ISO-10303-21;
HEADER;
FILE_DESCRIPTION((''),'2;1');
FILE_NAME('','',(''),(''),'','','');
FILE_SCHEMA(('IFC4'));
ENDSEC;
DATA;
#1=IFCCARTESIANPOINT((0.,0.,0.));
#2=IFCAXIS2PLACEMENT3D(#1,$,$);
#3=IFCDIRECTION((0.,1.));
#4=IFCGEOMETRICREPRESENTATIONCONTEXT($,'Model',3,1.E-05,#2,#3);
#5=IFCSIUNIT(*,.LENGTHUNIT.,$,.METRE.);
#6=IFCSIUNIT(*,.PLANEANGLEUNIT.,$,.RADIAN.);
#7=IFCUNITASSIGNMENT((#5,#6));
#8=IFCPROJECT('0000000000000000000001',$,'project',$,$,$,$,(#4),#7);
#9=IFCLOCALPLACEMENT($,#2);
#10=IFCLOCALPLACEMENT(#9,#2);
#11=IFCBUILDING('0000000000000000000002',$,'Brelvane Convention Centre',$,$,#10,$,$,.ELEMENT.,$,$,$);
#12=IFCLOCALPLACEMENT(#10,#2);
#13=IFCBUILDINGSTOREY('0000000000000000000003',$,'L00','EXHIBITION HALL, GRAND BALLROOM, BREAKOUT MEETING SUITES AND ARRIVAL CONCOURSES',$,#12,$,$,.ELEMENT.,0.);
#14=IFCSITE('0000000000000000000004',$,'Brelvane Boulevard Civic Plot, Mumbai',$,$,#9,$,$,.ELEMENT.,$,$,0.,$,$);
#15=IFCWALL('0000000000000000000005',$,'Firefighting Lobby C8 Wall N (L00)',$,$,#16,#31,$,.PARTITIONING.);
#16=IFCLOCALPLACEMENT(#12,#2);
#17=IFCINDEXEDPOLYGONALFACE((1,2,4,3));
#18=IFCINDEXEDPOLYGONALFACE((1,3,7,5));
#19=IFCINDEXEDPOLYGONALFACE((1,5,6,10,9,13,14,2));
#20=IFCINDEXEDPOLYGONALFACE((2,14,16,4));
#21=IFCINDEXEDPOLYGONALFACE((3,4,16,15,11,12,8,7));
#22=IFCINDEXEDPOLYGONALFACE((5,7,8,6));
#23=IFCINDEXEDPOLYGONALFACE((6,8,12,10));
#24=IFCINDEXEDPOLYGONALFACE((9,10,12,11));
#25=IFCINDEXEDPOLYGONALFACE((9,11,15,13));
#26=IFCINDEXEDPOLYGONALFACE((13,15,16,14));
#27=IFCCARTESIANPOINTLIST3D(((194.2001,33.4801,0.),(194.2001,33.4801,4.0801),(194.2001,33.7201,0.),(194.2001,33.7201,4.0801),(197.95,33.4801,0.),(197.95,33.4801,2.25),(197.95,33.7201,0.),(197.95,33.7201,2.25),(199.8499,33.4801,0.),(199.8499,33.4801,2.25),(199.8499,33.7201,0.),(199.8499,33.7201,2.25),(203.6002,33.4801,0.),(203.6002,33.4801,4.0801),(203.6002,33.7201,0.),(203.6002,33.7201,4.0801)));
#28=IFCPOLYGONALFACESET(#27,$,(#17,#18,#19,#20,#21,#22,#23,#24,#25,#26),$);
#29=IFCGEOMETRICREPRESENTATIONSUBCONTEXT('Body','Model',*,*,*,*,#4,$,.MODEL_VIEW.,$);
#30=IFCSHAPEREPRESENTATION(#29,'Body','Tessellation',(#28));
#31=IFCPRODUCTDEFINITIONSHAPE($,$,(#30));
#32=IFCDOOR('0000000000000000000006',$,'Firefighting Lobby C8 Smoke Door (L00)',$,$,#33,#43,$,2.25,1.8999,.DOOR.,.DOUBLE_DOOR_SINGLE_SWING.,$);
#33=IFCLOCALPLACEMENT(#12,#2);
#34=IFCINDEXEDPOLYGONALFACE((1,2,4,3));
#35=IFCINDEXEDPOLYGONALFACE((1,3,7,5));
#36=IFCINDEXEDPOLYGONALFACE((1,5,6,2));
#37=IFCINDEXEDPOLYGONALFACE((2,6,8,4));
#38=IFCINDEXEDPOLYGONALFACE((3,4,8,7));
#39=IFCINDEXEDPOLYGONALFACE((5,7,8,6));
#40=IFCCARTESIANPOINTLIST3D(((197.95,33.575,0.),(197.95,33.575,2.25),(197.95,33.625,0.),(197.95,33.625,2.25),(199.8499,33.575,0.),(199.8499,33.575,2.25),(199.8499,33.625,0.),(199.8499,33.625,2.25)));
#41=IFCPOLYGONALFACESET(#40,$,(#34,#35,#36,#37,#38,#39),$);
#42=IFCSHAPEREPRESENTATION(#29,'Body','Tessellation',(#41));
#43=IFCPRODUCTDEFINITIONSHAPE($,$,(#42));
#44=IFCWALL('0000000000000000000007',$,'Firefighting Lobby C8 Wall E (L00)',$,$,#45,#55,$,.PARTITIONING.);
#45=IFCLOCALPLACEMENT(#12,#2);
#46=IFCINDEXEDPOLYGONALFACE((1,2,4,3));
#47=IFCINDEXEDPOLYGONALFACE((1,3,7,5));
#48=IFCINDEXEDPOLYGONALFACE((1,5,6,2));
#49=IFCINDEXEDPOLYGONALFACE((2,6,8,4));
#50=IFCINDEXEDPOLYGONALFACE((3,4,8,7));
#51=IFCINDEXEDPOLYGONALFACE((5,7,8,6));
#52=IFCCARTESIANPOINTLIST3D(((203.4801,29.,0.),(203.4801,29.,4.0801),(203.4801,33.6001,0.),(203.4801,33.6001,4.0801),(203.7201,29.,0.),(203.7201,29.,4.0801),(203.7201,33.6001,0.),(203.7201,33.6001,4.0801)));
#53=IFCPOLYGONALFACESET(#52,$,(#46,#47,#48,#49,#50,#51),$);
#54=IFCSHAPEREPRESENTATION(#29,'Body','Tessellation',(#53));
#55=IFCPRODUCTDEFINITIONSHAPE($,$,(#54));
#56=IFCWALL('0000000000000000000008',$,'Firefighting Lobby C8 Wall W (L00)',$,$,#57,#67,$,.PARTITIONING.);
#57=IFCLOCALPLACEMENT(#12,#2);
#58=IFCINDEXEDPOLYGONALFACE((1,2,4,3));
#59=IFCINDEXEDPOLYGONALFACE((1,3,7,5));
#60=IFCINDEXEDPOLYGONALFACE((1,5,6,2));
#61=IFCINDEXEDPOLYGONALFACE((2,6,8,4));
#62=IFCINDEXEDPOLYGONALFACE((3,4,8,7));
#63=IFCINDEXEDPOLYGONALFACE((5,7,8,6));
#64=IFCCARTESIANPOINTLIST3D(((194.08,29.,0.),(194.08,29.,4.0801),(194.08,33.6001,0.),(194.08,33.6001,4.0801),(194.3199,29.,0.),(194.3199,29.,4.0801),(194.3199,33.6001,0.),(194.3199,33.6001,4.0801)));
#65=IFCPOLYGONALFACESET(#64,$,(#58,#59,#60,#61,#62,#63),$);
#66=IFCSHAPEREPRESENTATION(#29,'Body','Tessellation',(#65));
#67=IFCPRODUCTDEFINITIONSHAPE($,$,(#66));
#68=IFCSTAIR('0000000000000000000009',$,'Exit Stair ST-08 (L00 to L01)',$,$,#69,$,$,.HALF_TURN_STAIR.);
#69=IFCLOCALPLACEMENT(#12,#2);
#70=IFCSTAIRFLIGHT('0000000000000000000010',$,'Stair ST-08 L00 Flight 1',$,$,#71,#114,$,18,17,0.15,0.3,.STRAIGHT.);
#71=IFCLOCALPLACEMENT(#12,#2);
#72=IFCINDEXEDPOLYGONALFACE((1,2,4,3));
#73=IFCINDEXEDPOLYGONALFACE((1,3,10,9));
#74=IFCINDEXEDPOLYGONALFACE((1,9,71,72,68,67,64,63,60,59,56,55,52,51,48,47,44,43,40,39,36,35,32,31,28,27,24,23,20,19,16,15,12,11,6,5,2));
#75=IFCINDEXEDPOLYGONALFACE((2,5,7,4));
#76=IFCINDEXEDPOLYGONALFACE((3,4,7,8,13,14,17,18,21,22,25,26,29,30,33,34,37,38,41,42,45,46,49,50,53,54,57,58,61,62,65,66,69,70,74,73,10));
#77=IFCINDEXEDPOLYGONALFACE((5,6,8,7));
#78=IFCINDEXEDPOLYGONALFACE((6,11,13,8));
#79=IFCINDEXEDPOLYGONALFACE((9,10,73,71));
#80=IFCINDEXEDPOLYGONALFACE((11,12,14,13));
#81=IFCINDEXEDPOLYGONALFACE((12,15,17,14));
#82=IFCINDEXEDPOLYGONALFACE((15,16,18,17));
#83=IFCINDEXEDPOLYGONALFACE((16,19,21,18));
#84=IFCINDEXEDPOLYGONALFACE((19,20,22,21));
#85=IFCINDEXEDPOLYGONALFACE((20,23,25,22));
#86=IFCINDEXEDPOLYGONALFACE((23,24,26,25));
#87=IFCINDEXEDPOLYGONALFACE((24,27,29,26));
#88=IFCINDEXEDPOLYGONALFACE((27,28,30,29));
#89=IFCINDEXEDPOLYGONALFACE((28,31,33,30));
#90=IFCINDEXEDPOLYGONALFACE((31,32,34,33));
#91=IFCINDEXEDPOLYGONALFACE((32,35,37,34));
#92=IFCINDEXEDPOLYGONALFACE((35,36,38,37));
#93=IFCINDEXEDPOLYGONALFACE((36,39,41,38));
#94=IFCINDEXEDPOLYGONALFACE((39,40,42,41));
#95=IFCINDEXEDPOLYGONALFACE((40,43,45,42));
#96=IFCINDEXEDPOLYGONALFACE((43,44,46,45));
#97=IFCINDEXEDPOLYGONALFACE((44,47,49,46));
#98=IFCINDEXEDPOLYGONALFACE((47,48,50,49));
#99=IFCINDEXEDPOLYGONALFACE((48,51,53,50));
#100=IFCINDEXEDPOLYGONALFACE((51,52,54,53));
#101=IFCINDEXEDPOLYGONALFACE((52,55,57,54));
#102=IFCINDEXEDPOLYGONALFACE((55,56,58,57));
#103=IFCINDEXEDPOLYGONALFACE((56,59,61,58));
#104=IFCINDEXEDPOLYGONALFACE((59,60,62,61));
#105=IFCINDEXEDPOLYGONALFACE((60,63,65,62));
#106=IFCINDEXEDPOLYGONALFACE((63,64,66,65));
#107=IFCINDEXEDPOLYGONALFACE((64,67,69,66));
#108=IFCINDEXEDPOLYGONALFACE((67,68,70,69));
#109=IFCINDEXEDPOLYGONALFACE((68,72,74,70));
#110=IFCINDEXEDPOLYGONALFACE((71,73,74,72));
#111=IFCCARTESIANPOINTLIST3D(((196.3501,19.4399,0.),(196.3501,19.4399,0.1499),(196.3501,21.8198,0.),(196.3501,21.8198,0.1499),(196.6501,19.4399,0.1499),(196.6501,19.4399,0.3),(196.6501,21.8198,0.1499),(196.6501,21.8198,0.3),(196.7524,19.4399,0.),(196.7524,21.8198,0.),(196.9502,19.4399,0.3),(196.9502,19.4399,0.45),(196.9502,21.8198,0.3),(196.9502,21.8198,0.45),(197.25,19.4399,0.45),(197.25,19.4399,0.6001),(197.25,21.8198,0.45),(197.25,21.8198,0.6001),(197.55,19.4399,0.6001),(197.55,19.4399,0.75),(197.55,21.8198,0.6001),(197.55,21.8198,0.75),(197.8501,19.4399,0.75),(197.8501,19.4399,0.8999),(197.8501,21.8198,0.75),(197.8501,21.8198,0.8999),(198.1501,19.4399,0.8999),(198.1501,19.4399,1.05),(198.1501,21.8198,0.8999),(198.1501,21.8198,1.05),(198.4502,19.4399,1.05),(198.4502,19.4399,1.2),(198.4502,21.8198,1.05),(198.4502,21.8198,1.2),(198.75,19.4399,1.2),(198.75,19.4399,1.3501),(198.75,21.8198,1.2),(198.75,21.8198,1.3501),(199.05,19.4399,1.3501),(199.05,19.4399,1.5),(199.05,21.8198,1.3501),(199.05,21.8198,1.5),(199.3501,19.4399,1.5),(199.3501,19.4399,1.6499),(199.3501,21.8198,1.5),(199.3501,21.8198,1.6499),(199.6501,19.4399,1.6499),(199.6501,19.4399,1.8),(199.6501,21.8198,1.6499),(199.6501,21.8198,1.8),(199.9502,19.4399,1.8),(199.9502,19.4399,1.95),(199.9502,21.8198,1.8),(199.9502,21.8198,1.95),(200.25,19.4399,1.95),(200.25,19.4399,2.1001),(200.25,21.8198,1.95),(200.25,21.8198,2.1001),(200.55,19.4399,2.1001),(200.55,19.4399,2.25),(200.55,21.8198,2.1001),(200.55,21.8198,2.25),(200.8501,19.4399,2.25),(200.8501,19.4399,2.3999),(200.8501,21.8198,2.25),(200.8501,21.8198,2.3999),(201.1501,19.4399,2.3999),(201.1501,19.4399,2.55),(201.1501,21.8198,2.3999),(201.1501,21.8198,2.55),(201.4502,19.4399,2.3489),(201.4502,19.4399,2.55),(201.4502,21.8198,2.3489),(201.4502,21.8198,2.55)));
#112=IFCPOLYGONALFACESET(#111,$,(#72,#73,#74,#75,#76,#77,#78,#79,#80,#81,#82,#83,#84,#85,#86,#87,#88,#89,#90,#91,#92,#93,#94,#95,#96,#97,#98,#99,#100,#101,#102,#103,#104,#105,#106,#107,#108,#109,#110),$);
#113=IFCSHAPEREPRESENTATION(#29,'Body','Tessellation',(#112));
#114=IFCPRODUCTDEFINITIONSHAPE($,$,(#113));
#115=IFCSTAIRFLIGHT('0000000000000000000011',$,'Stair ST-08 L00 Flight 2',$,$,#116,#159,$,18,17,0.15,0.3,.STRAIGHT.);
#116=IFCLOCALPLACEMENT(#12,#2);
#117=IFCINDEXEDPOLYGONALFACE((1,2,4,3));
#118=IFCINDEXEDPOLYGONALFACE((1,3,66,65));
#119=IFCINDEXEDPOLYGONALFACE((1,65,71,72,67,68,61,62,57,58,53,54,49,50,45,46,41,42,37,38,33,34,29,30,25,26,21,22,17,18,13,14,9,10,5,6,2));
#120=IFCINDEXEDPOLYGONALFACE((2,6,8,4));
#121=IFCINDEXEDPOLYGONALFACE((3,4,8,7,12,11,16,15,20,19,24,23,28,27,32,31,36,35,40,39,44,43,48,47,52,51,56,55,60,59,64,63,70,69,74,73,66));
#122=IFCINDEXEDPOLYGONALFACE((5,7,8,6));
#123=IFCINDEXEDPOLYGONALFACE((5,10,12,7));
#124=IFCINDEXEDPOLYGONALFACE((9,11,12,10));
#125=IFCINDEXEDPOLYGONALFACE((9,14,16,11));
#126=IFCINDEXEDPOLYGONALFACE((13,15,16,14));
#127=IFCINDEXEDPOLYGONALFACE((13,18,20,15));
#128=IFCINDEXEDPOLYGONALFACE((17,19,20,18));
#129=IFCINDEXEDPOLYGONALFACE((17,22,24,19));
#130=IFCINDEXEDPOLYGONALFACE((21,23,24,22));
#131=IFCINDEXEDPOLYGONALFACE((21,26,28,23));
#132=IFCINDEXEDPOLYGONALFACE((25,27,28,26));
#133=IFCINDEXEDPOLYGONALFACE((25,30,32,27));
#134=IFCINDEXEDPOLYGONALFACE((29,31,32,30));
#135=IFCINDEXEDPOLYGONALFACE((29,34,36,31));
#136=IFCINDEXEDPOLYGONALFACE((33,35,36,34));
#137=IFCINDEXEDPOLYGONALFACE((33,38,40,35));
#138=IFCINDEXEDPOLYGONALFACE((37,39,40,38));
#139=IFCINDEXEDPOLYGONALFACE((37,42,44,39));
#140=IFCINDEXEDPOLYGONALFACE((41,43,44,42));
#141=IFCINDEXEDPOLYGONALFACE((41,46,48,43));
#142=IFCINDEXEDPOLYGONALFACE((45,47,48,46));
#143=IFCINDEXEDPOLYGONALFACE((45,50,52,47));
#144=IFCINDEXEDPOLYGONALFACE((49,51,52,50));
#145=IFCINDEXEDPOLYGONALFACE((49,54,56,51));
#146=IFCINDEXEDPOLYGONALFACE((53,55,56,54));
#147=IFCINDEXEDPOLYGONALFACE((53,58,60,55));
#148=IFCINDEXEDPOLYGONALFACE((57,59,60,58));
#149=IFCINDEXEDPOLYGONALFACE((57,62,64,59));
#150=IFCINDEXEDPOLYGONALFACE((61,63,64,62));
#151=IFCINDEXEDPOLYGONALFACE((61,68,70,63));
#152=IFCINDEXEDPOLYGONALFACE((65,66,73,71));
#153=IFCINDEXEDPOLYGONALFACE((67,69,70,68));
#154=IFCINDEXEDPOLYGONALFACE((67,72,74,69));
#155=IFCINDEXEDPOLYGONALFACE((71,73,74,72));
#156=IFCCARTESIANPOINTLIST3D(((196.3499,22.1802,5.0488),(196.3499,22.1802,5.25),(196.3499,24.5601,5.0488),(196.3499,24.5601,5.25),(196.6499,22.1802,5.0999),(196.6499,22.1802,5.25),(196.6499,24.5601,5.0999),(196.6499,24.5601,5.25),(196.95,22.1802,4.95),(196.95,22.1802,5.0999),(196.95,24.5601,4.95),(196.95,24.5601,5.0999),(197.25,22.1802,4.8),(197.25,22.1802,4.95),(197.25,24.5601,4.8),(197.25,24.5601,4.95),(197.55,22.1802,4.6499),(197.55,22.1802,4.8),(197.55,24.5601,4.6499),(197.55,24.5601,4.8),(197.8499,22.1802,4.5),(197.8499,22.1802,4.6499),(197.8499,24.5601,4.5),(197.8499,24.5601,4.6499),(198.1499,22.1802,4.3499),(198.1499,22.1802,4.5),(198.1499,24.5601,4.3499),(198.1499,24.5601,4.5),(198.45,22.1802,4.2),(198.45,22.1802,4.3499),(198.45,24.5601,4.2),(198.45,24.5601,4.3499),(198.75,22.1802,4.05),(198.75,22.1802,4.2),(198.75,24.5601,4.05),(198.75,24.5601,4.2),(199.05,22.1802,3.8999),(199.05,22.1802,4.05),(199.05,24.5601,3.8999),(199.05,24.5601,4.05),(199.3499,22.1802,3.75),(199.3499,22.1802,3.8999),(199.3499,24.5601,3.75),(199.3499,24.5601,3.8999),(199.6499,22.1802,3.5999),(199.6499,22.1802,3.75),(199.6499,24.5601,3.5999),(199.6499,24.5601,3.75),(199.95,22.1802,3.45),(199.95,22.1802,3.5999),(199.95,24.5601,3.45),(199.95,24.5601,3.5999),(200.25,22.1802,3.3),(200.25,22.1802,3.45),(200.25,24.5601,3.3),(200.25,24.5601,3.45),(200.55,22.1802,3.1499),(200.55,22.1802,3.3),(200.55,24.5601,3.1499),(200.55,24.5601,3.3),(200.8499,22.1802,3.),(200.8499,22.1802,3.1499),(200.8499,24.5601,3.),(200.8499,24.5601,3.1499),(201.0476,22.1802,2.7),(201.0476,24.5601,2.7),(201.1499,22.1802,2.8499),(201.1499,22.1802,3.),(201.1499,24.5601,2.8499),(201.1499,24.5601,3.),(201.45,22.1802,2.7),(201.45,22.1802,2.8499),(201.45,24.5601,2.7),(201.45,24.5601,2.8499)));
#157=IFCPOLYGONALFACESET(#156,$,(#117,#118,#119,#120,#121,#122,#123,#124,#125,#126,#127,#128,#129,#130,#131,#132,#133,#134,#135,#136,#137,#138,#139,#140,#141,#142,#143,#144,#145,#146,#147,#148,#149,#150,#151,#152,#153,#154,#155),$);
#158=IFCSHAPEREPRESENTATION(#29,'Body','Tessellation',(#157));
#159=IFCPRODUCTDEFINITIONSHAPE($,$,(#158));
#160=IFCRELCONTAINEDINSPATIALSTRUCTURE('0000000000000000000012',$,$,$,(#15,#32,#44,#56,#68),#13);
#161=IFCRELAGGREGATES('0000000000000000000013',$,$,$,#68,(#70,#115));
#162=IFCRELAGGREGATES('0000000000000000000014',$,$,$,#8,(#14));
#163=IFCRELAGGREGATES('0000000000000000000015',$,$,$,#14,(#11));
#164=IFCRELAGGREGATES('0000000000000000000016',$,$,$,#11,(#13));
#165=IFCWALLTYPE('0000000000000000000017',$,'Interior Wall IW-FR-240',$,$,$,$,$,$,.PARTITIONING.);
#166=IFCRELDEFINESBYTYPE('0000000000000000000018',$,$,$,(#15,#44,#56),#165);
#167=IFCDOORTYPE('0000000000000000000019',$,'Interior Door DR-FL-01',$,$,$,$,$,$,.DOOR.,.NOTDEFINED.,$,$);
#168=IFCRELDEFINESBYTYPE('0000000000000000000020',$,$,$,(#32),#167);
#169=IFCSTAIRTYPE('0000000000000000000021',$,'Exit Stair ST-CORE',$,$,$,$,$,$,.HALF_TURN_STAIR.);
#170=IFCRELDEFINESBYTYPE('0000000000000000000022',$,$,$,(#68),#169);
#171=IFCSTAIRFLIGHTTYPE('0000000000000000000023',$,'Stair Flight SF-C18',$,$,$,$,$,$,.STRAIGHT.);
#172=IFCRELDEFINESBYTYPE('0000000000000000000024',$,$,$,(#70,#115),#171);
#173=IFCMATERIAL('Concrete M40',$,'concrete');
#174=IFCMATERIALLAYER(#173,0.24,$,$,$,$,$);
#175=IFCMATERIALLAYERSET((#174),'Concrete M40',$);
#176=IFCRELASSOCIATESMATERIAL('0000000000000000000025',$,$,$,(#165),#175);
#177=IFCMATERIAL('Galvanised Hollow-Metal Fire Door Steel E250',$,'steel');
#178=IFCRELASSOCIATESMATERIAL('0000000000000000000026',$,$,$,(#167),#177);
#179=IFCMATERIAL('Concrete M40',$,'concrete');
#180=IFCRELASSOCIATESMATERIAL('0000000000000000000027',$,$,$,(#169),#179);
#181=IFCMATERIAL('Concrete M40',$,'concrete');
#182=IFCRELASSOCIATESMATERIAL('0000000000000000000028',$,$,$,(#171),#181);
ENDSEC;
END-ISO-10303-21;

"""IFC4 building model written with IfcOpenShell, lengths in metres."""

from ifc_helpers import new_model, si_unit, direction, frame, frame_2d, origin, place, context, subcontext, project, spatial, polyline, rectangle, outline, extrude, material, layer, layer_set, type_object, element, fill, aggregate, save


model = new_model("IFC4")

# Units and contexts
model_context = context("Model", 3, precision=1e-05, world=origin(), true_north=direction((0.0, 1.0)))
body_context = subcontext(model_context, "Body", "Model", "MODEL_VIEW")
ifc_project = project(units=[si_unit("LENGTHUNIT", "METRE"), si_unit("PLANEANGLEUNIT", "RADIAN")], contexts=[model_context])

# Site, building, storey
site_placement = place(None, origin())
site = spatial("IfcSite", under=ifc_project, at=site_placement, Name="Brelvane Boulevard Civic Plot, Mumbai", CompositionType="ELEMENT", RefElevation=0.0)
building_placement = place(site_placement, origin())
building = spatial("IfcBuilding", under=site, at=building_placement, Name="Brelvane Convention Centre", CompositionType="ELEMENT")
storey_placement = place(building_placement, origin())
storey = spatial("IfcBuildingStorey", under=building, at=storey_placement, Name="L00", Description="EXHIBITION HALL, GRAND BALLROOM, BREAKOUT MEETING SUITES AND ARRIVAL CONCOURSES", CompositionType="ELEMENT", Elevation=0.0)

# Wall, opening, door
ifc_material_1 = material(Name="Concrete M40", Category="concrete")
ifc_layer_1 = layer(ifc_material_1, 0.24)
ifc_layer_set_1 = layer_set([ifc_layer_1], Name="Concrete M40")
wall_type_1 = type_object("IfcWallType", Name="Interior Wall IW-FR-240", PredefinedType="PARTITIONING", material=ifc_layer_set_1)
wall_1_placement = place(storey_placement, frame((194.2, 33.6001, 0.0), z_axis=(0.0, 0.0, 1.0), x_axis=(1.0, 0.0, 0.0)))
wall_1 = element("IfcWall", 1, at=wall_1_placement, inside=storey, type_object=wall_type_1, Name="Firefighting Lobby C8 Wall N (L00)", PredefinedType="PARTITIONING", context=body_context, shape_type="SweptSolid", body=[
    extrude(rectangle(XDim=9.4001, YDim=0.24, at=frame_2d((4.7002, 0.0))), origin(), (0.0, 0.0, 1.0), 4.0801),
])
opening_1_placement = place(wall_1_placement, frame((3.75, 0.0, 0.0)))
opening_1 = element("IfcOpeningElement", 2, at=opening_1_placement, cuts=wall_1, PredefinedType="OPENING", context=body_context, shape_type="SweptSolid", body=[
    extrude(rectangle(XDim=1.8999, YDim=2.25, at=frame_2d((0.95, 1.125))), frame((0.0, 0.1299, 0.0), z_axis=(0.0, -1.0, 0.0), x_axis=(1.0, 0.0, 0.0)), (0.0, 0.0, 1.0), 0.26),
])
ifc_material_2 = material(Name="Galvanised Hollow-Metal Fire Door Steel E250", Category="steel")
door_type_1 = type_object("IfcDoorType", Name="Interior Door DR-FL-01", OperationType="NOTDEFINED", PredefinedType="DOOR", material=ifc_material_2)
door_1_placement = place(opening_1_placement, origin())
door_1 = element("IfcDoor", 3, at=door_1_placement, inside=storey, type_object=door_type_1, Name="Firefighting Lobby C8 Smoke Door (L00)", OperationType="DOUBLE_DOOR_SINGLE_SWING", OverallHeight=2.25, OverallWidth=1.8999, PredefinedType="DOOR", context=body_context, shape_type="SweptSolid", body=[
    extrude(rectangle(XDim=1.8999, YDim=2.25, at=frame_2d((0.95, 1.125))), frame((0.0, 0.0249, 0.0), z_axis=(0.0, -1.0, 0.0), x_axis=(1.0, 0.0, 0.0)), (0.0, 0.0, 1.0), 0.05),
])
fill(opening_1, door_1)

# Walls
for number, where, z_axis, x_axis, name in (
    (4, (203.6001, 29.0, 0.0), (0.0, 0.0, 1.0), (0.0, 1.0, 0.0), "Firefighting Lobby C8 Wall E (L00)"),
    (5, (194.2, 29.0, 0.0), (0.0, 0.0, 1.0), (0.0, 1.0, 0.0), "Firefighting Lobby C8 Wall W (L00)"),
):
    element("IfcWall", number, at=place(storey_placement, frame(where, z_axis=z_axis, x_axis=x_axis)), inside=storey, type_object=wall_type_1, Name=name, PredefinedType="PARTITIONING", context=body_context, shape_type="SweptSolid", body=[
        extrude(rectangle(XDim=4.6001, YDim=0.24, at=frame_2d((2.3, 0.0))), origin(), (0.0, 0.0, 1.0), 4.0801),
    ])

# Stair, stair flights
ifc_material_3 = material(Name="Concrete M40", Category="concrete")
stair_type = type_object("IfcStairType", Name="Exit Stair ST-CORE", PredefinedType="HALF_TURN_STAIR", material=ifc_material_3)
stair_placement = place(storey_placement, origin())
stair = element("IfcStair", 6, at=stair_placement, inside=storey, type_object=stair_type, Name="Exit Stair ST-08 (L00 to L01)", PredefinedType="HALF_TURN_STAIR")
ifc_material_4 = material(Name="Concrete M40", Category="concrete")
stair_flight_type = type_object("IfcStairFlightType", Name="Stair Flight SF-C18", PredefinedType="STRAIGHT", material=ifc_material_4)
stair_flight_1_placement = place(storey_placement, frame((196.3501, 20.6299, 0.0), z_axis=(0.0, 0.0, 1.0), x_axis=(1.0, 0.0, 0.0)))
stair_flight_1 = element("IfcStairFlight", 7, at=stair_flight_1_placement, type_object=stair_flight_type, Name="Stair ST-08 L00 Flight 1", NumberOfRisers=18, NumberOfTreads=17, PredefinedType="STRAIGHT", RiserHeight=0.15, TreadLength=0.3, context=body_context, shape_type="SweptSolid", body=[
    extrude(outline(polyline([(0.0, 0.0), (0.0, 0.1499), (0.3, 0.1499), (0.3, 0.3), (0.6001, 0.3), (0.6001, 0.45), (0.8999, 0.45), (0.8999, 0.6001), (1.2, 0.6001), (1.2, 0.75), (1.5, 0.75), (1.5, 0.8999), (1.8, 0.8999), (1.8, 1.05), (2.1001, 1.05), (2.1001, 1.2), (2.3999, 1.2), (2.3999, 1.3501), (2.7, 1.3501), (2.7, 1.5), (3.0, 1.5), (3.0, 1.6499), (3.3, 1.6499), (3.3, 1.8), (3.6001, 1.8), (3.6001, 1.95), (3.8999, 1.95), (3.8999, 2.1001), (4.2, 2.1001), (4.2, 2.25), (4.5, 2.25), (4.5, 2.3999), (4.8, 2.3999), (4.8, 2.55), (5.1001, 2.55), (5.1001, 2.7), (5.1001, 2.3489), (0.4023, 0.0), (0.0, 0.0)])), frame((0.0, 1.1899, 0.0), z_axis=(0.0, -1.0, 0.0), x_axis=(1.0, 0.0, 0.0)), (0.0, 0.0, 1.0), 2.3799),
])
stair_flight_2_placement = place(storey_placement, frame((201.45, 23.3701, 2.7), z_axis=(0.0, 0.0, 1.0), x_axis=(-1.0, 0.0, 0.0)))
stair_flight_2 = element("IfcStairFlight", 8, at=stair_flight_2_placement, type_object=stair_flight_type, Name="Stair ST-08 L00 Flight 2", NumberOfRisers=18, NumberOfTreads=17, PredefinedType="STRAIGHT", RiserHeight=0.15, TreadLength=0.3, context=body_context, shape_type="SweptSolid", body=[
    extrude(outline(polyline([(0.0, 0.0), (0.0, 0.1499), (0.3, 0.1499), (0.3, 0.3), (0.6001, 0.3), (0.6001, 0.45), (0.8999, 0.45), (0.8999, 0.6001), (1.2, 0.6001), (1.2, 0.75), (1.5, 0.75), (1.5, 0.8999), (1.8, 0.8999), (1.8, 1.05), (2.1001, 1.05), (2.1001, 1.2), (2.3999, 1.2), (2.3999, 1.3501), (2.7, 1.3501), (2.7, 1.5), (3.0, 1.5), (3.0, 1.6499), (3.3, 1.6499), (3.3, 1.8), (3.6001, 1.8), (3.6001, 1.95), (3.8999, 1.95), (3.8999, 2.1001), (4.2, 2.1001), (4.2, 2.25), (4.5, 2.25), (4.5, 2.3999), (4.8, 2.3999), (4.8, 2.55), (5.1001, 2.55), (5.1001, 2.7), (5.1001, 2.3489), (0.4023, 0.0), (0.0, 0.0)])), frame((0.0, 1.1899, 0.0), z_axis=(0.0, -1.0, 0.0), x_axis=(1.0, 0.0, 0.0)), (0.0, 0.0, 1.0), 2.3799),
])
aggregate(stair, [stair_flight_1, stair_flight_2])

save(model, "model.ifc")
